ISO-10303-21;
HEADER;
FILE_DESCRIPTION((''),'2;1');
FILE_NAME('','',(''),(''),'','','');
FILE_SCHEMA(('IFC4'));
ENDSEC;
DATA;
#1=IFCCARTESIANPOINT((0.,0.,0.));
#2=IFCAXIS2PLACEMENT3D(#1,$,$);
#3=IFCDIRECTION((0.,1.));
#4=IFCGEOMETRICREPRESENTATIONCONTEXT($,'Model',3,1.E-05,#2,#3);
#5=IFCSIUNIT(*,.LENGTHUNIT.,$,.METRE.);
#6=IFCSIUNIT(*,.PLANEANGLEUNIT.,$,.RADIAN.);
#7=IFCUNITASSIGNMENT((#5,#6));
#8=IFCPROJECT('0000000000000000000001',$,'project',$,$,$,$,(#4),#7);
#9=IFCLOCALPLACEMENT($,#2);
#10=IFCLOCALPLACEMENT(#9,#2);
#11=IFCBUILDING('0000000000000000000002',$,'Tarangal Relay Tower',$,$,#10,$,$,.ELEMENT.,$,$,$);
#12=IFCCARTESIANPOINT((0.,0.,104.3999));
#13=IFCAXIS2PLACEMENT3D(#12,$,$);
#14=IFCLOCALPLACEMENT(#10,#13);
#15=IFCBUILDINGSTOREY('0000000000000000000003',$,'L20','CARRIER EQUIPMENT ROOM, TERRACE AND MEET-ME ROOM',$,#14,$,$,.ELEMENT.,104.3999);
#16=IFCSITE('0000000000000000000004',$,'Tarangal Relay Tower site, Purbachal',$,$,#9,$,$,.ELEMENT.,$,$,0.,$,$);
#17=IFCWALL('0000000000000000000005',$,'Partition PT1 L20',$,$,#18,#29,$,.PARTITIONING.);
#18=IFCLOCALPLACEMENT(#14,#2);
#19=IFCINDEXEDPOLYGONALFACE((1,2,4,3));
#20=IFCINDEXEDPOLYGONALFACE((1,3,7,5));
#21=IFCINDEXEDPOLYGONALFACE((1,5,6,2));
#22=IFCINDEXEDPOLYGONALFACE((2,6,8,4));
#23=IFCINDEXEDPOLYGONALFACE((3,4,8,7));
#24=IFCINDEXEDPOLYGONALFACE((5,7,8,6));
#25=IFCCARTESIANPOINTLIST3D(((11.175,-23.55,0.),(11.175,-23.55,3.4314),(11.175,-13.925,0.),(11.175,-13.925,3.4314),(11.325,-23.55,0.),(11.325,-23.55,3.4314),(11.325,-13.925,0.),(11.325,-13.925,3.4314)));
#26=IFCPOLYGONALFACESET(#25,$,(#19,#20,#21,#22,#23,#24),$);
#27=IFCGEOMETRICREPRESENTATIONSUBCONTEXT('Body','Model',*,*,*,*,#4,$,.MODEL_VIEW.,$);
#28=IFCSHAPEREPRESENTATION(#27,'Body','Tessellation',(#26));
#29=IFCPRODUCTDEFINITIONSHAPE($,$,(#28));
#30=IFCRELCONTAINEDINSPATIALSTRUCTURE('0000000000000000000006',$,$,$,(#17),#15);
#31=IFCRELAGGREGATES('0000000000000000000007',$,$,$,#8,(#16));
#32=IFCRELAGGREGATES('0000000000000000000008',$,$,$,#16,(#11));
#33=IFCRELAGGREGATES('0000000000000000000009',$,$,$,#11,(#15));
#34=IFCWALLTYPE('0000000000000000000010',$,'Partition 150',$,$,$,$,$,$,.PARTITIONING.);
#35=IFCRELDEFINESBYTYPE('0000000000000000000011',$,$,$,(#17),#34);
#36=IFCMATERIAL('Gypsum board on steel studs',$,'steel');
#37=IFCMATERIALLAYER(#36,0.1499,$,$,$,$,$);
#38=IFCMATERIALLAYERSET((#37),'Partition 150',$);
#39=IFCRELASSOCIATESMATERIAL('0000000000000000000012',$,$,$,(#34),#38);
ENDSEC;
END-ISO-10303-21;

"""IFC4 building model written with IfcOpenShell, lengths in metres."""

from ifc_helpers import new_model, si_unit, direction, frame, frame_2d, origin, place, context, subcontext, project, spatial, rectangle, extrude, material, layer, layer_set, type_object, element, save


model = new_model("IFC4")

# Units and contexts
model_context = context("Model", 3, precision=1e-05, world=origin(), true_north=direction((0.0, 1.0)))
body_context = subcontext(model_context, "Body", "Model", "MODEL_VIEW")
ifc_project = project(units=[si_unit("LENGTHUNIT", "METRE"), si_unit("PLANEANGLEUNIT", "RADIAN")], contexts=[model_context])

# Site, building, storey
site_placement = place(None, origin())
site = spatial("IfcSite", under=ifc_project, at=site_placement, Name="Tarangal Relay Tower site, Purbachal", CompositionType="ELEMENT", RefElevation=0.0)
building_placement = place(site_placement, origin())
building = spatial("IfcBuilding", under=site, at=building_placement, Name="Tarangal Relay Tower", CompositionType="ELEMENT")
storey_placement = place(building_placement, frame((0.0, 0.0, 104.3999)))
storey = spatial("IfcBuildingStorey", under=building, at=storey_placement, Name="L20", Description="CARRIER EQUIPMENT ROOM, TERRACE AND MEET-ME ROOM", CompositionType="ELEMENT", Elevation=104.3999)

# Wall
ifc_material_1 = material(Name="Gypsum board on steel studs", Category="steel")
ifc_layer_1 = layer(ifc_material_1, 0.1499)
ifc_layer_set_1 = layer_set([ifc_layer_1], Name="Partition 150")
wall_type_1 = type_object("IfcWallType", Name="Partition 150", PredefinedType="PARTITIONING", material=ifc_layer_set_1)
wall_1_placement = place(storey_placement, frame((11.25, -23.55, 0.0), z_axis=(0.0, 0.0, 1.0), x_axis=(0.0, 1.0, 0.0)))
element("IfcWall", 1, at=wall_1_placement, inside=storey, type_object=wall_type_1, Name="Partition PT1 L20", PredefinedType="PARTITIONING", context=body_context, shape_type="SweptSolid", body=[
    extrude(rectangle(XDim=9.625, YDim=0.1499, at=frame_2d((4.8125, 0.0))), origin(), (0.0, 0.0, 1.0), 3.4314),
])

save(model, "model.ifc")
